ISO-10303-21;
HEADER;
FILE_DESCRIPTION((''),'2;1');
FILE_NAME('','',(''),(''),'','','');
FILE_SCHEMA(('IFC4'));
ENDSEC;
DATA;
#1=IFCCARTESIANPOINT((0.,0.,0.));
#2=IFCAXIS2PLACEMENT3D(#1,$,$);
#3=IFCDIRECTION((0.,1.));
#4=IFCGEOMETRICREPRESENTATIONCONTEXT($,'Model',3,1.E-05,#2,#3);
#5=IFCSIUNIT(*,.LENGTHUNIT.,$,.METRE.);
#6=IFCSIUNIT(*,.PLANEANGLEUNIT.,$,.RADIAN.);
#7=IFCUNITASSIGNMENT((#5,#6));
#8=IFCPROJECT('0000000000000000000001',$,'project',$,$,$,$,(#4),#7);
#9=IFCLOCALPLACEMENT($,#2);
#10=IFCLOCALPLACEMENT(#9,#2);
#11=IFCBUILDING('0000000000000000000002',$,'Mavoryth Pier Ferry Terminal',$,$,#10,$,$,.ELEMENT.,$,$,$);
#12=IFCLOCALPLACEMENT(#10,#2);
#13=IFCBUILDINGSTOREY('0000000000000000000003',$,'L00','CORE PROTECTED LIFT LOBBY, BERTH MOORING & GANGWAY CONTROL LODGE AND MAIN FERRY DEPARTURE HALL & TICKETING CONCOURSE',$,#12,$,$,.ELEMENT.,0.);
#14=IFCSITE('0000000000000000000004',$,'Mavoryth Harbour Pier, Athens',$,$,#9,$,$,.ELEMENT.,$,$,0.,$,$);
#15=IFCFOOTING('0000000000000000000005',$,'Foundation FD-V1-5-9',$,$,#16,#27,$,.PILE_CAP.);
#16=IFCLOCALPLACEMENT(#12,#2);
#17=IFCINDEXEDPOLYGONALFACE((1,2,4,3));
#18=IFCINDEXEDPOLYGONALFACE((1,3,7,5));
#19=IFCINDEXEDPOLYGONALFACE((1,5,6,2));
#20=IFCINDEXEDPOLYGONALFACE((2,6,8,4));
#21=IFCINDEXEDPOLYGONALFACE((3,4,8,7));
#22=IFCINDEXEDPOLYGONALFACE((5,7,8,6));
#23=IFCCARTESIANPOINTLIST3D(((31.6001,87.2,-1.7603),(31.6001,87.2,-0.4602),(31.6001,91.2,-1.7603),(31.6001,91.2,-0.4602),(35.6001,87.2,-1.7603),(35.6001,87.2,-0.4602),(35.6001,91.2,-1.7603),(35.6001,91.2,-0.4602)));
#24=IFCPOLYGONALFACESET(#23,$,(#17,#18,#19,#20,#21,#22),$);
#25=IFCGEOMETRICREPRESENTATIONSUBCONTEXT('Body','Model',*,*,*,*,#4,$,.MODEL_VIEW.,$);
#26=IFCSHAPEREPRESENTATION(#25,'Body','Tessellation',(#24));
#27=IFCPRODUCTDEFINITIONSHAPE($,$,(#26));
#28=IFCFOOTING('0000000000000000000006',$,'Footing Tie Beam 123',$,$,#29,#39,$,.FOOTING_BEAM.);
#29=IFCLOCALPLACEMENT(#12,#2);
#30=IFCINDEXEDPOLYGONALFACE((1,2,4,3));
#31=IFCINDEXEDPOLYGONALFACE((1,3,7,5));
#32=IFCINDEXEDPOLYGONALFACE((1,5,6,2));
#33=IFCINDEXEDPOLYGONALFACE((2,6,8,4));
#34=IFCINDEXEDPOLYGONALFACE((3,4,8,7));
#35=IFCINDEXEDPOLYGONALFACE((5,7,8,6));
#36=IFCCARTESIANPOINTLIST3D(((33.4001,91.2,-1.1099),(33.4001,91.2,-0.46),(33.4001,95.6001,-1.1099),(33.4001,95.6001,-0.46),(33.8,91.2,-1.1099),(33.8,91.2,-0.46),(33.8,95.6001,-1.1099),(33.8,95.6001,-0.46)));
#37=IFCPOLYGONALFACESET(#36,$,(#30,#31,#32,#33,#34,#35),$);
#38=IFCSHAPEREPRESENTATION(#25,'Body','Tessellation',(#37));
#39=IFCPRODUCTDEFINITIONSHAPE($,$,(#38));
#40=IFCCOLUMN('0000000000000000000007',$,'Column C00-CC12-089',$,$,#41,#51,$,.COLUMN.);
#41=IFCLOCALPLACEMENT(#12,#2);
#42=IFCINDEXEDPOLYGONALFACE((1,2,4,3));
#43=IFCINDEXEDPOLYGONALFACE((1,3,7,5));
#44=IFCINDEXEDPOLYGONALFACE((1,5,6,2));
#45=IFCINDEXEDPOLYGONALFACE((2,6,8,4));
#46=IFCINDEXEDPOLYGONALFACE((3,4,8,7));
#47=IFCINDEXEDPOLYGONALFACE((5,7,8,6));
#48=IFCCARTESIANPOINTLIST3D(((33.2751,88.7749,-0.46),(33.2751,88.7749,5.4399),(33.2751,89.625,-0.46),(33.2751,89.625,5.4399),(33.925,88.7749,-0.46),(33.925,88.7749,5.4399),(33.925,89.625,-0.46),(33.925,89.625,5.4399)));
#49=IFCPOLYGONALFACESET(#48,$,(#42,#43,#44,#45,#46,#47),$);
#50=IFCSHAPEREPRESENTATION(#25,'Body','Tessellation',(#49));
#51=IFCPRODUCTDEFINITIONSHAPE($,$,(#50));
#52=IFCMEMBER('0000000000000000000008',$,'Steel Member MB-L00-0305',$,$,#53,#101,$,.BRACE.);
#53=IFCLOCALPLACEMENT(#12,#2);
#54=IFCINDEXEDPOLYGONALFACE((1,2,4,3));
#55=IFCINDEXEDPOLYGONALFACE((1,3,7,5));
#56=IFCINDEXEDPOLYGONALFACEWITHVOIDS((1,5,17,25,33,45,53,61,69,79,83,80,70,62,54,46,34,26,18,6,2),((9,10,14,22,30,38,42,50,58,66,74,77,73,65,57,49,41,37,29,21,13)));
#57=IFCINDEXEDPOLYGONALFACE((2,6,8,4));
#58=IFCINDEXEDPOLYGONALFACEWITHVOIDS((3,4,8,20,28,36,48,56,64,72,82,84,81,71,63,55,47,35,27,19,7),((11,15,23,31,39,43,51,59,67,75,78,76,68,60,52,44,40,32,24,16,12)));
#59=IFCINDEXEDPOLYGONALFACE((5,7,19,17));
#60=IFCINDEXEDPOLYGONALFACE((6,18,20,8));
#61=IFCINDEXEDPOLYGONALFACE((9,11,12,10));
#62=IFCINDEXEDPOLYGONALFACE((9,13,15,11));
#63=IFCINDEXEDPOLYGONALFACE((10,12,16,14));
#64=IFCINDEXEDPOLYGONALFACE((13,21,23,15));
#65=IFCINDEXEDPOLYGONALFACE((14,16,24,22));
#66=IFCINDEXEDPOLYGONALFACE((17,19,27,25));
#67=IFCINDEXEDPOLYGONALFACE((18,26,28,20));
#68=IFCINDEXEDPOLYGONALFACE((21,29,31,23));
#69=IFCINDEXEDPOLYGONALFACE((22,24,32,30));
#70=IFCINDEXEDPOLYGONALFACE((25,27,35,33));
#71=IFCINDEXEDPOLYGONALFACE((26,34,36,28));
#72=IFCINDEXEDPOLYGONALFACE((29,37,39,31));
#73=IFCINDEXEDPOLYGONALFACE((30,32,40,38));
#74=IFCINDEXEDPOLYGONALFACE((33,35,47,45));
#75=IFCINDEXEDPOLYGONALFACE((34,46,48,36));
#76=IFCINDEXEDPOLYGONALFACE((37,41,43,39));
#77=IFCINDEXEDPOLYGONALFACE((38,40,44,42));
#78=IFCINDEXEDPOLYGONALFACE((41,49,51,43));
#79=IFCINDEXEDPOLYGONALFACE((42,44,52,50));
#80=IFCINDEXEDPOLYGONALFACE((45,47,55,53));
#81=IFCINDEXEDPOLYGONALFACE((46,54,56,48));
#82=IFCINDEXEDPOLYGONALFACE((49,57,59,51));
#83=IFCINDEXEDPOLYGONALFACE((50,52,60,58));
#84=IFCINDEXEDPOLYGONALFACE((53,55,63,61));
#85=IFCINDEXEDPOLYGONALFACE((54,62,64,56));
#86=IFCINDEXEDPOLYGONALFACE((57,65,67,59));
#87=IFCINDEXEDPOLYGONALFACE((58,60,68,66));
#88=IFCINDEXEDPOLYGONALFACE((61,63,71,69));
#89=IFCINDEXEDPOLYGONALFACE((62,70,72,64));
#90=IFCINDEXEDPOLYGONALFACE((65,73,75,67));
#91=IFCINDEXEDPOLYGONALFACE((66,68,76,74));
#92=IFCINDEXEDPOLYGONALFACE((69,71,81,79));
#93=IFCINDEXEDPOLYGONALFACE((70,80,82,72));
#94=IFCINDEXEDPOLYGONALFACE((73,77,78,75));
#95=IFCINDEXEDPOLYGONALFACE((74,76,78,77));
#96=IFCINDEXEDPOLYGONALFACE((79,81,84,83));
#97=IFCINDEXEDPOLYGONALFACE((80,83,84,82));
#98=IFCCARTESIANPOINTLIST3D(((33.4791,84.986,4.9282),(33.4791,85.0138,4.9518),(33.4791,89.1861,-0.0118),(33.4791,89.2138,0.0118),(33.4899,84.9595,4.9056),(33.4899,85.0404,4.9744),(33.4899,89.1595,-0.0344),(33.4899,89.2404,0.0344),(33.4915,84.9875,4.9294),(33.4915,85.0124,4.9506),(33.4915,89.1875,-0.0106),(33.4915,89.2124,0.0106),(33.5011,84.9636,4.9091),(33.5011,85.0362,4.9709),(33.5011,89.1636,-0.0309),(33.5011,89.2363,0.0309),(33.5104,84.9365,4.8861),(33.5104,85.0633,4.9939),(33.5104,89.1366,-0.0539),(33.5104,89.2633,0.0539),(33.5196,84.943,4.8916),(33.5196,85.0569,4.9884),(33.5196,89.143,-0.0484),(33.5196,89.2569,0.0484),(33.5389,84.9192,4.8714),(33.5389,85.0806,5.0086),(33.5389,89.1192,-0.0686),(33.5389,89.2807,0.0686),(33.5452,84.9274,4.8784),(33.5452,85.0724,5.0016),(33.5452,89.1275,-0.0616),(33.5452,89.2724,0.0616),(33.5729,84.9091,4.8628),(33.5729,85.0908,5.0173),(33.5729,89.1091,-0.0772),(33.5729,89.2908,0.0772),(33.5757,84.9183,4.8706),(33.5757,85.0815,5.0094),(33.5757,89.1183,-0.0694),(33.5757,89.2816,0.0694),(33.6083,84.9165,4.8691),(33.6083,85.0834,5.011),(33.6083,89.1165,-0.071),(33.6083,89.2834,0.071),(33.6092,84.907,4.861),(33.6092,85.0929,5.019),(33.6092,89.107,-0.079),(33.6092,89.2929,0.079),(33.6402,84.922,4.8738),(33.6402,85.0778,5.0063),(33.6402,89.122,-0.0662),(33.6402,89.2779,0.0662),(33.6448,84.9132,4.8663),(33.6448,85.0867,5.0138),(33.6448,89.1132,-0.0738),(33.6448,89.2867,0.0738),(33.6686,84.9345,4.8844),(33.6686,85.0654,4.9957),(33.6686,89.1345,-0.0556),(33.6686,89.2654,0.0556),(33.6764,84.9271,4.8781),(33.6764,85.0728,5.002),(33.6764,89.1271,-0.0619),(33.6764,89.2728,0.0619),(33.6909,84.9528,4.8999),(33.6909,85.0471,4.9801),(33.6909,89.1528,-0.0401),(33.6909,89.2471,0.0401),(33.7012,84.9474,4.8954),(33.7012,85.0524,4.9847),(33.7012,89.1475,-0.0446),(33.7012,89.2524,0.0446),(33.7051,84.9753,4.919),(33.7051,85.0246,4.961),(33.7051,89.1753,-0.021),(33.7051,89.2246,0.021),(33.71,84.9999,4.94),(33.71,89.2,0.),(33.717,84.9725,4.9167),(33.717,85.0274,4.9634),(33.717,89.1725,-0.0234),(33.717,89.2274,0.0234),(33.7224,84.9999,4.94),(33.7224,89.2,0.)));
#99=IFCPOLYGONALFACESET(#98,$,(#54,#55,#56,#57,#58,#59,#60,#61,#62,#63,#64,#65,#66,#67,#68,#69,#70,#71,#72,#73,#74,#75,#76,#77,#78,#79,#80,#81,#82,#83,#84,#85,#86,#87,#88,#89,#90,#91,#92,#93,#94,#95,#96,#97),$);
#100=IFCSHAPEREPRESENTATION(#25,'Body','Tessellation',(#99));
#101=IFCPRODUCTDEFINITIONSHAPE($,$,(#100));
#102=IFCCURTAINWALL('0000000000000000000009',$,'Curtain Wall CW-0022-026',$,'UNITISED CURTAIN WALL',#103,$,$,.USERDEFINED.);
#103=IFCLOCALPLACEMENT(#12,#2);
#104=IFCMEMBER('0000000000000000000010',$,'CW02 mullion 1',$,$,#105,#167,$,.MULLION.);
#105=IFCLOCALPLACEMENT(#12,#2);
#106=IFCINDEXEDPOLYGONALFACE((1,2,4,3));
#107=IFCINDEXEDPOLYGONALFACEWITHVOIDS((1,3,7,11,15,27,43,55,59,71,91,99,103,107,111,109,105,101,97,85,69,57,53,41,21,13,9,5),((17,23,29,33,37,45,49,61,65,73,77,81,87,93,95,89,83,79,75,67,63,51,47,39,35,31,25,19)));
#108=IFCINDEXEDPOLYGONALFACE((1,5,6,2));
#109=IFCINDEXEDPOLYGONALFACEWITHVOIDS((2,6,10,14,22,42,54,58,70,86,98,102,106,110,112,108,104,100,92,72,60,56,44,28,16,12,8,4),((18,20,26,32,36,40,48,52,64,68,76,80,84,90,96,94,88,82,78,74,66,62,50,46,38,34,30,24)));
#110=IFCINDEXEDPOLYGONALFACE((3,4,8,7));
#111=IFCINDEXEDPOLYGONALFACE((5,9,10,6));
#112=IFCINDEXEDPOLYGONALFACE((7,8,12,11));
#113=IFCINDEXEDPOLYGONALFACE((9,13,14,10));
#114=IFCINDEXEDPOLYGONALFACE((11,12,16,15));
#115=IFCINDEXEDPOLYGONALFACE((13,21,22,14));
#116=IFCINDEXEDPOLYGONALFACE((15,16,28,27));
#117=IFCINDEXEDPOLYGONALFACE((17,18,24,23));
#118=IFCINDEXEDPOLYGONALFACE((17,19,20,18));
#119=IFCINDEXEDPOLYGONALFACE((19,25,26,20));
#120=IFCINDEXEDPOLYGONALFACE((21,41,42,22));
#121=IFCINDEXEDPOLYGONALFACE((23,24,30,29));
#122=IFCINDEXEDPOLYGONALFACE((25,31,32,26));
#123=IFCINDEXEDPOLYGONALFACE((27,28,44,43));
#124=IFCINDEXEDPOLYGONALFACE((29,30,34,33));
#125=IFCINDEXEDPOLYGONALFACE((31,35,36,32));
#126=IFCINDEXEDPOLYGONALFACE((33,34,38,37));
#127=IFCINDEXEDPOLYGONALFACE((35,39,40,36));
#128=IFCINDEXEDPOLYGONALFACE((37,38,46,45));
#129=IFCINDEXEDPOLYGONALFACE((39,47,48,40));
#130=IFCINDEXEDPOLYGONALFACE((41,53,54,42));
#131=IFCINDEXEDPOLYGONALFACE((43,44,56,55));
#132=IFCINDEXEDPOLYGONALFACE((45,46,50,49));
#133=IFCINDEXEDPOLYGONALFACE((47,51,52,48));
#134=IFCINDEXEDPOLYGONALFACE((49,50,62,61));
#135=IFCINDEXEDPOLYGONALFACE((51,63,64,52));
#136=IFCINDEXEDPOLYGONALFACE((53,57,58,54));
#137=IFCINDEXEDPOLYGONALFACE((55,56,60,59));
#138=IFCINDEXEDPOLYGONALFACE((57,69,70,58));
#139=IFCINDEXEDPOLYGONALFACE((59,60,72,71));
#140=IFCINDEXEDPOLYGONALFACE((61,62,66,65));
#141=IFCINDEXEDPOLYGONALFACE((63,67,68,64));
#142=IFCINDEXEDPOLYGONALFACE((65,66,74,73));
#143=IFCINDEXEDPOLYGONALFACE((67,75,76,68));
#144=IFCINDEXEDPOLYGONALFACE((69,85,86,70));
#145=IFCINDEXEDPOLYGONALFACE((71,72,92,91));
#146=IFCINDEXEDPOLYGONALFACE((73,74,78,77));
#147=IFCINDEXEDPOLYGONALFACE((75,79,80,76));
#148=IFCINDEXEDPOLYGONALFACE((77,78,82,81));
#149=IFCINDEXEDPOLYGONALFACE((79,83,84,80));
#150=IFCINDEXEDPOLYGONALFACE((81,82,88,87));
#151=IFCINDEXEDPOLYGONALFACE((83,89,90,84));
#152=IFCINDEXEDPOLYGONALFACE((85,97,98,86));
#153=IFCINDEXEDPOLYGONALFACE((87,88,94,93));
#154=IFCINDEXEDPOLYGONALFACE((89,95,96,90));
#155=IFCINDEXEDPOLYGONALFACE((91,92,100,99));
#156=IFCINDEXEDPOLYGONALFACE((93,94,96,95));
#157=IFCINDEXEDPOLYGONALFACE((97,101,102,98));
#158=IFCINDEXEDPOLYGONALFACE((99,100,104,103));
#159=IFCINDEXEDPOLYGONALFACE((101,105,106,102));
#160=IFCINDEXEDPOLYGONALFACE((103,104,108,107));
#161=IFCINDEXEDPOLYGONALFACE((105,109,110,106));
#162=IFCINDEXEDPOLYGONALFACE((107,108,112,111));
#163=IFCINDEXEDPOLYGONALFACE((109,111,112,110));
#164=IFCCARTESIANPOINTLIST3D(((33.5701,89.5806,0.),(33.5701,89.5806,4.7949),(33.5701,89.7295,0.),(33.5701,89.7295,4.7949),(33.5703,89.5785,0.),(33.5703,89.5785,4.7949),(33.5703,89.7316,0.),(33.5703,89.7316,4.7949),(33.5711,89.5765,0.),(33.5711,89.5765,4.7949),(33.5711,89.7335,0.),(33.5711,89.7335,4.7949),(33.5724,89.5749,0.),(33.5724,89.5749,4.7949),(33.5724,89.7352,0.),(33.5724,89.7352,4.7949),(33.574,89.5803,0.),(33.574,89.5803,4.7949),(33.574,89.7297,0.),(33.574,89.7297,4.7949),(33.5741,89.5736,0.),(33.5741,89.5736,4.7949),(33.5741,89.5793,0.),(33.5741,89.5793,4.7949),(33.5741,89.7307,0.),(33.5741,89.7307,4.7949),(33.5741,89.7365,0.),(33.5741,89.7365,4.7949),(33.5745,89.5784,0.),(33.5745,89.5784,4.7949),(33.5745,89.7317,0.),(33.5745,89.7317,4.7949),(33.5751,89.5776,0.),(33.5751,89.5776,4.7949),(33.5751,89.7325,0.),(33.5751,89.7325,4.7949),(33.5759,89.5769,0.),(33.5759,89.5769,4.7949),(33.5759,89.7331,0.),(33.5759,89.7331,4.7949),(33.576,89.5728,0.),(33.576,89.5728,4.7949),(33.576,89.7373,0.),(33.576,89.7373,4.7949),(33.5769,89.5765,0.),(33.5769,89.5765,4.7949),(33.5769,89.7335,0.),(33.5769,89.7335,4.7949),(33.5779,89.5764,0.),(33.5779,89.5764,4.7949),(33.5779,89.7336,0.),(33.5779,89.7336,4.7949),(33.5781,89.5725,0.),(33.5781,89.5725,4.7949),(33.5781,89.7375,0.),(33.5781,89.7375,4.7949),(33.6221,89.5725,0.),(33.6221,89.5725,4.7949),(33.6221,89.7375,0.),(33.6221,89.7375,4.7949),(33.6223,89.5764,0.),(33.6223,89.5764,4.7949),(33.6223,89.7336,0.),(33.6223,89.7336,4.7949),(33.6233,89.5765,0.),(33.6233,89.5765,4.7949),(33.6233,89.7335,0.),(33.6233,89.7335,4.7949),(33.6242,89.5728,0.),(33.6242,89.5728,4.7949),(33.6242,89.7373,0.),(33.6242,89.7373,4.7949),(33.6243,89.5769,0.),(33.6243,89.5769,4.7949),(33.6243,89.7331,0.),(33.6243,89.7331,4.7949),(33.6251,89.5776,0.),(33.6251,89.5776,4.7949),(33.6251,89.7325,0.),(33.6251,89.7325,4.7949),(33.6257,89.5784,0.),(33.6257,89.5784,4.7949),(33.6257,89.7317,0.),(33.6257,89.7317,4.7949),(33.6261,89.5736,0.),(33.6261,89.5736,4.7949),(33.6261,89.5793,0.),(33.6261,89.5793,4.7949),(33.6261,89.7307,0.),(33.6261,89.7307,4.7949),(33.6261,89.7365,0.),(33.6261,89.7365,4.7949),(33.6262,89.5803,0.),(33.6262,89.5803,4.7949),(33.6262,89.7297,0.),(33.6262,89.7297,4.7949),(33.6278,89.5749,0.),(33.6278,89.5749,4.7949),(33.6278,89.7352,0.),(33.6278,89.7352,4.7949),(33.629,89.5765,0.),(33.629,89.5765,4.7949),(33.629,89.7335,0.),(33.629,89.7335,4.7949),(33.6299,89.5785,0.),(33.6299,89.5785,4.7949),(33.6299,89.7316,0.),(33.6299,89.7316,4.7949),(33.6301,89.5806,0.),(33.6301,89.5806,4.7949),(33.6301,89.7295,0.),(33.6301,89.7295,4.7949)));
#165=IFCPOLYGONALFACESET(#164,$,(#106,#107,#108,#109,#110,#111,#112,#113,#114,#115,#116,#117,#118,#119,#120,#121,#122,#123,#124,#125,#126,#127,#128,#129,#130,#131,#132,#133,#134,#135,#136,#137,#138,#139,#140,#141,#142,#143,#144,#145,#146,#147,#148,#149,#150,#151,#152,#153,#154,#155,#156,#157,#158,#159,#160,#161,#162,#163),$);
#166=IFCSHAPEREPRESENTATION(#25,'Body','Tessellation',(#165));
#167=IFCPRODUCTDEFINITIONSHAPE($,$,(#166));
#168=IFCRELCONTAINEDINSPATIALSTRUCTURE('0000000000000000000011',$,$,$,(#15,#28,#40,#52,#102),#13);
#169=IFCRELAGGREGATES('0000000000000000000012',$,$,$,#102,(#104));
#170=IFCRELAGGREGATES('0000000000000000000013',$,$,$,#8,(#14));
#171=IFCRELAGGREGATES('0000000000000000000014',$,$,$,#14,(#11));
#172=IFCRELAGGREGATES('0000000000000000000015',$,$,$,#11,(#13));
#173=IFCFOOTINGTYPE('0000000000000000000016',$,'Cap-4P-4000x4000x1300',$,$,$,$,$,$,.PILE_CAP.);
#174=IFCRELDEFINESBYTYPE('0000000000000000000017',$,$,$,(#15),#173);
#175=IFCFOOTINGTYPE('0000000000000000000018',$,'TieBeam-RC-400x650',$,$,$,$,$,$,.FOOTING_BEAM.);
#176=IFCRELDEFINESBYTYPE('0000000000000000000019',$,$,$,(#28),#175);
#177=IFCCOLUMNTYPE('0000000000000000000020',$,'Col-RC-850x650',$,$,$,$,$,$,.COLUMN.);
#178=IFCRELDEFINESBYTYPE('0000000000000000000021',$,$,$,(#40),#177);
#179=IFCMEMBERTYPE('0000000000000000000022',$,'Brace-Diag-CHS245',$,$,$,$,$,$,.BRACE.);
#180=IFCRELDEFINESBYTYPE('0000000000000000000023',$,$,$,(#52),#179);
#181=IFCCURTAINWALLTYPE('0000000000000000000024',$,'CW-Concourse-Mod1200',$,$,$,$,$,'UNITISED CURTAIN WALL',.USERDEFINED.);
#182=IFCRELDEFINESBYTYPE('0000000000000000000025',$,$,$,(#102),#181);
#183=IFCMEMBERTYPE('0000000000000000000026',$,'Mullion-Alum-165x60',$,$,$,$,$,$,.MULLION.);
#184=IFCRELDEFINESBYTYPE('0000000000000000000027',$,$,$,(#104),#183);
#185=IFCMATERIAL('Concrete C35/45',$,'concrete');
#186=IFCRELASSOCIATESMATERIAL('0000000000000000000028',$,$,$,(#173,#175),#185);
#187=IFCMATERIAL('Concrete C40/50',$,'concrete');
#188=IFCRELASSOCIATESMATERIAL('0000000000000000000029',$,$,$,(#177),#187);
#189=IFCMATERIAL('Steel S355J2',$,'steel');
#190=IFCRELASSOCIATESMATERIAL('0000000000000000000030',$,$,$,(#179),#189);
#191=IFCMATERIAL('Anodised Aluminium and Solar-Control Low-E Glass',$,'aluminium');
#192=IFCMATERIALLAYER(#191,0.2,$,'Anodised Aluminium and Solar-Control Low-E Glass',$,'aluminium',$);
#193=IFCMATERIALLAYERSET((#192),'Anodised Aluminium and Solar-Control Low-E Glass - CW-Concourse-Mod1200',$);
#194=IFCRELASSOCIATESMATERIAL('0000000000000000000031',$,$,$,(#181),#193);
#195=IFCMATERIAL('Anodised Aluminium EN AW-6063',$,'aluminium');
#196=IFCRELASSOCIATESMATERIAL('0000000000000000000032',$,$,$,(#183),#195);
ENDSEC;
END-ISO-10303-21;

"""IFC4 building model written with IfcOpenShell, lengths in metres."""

from ifc_helpers import new_model, si_unit, direction, frame, origin, origin_2d, place, context, subcontext, project, spatial, rectangle, hollow_rectangle, hollow_circle, extrude, material, layer, layer_set, material_profile, profile_set, type_object, element, aggregate, save


model = new_model("IFC4")

# Units and contexts
model_context = context("Model", 3, precision=1e-05, world=origin(), true_north=direction((0.0, 1.0)))
body_context = subcontext(model_context, "Body", "Model", "MODEL_VIEW")
ifc_project = project(units=[si_unit("LENGTHUNIT", "METRE"), si_unit("PLANEANGLEUNIT", "RADIAN")], contexts=[model_context])

# Site, building, storey
site_placement = place(None, origin())
site = spatial("IfcSite", under=ifc_project, at=site_placement, Name="Mavoryth Harbour Pier, Athens", CompositionType="ELEMENT", RefElevation=0.0)
building_placement = place(site_placement, origin())
building = spatial("IfcBuilding", under=site, at=building_placement, Name="Mavoryth Pier Ferry Terminal", CompositionType="ELEMENT")
storey_placement = place(building_placement, origin())
storey = spatial("IfcBuildingStorey", under=building, at=storey_placement, Name="L00", Description="CORE PROTECTED LIFT LOBBY, BERTH MOORING & GANGWAY CONTROL LODGE AND MAIN FERRY DEPARTURE HALL & TICKETING CONCOURSE", CompositionType="ELEMENT", Elevation=0.0)

# Footings
ifc_material_1 = material(Name="Concrete C35/45", Category="concrete")
footing_type_1 = type_object("IfcFootingType", Name="Cap-4P-4000x4000x1300", PredefinedType="PILE_CAP", material=ifc_material_1)
footing_1_placement = place(storey_placement, frame((33.6001, 89.2, -1.7603), z_axis=(0.0, 0.0, 1.0), x_axis=(1.0, 0.0, 0.0)))
element("IfcFooting", 1, at=footing_1_placement, inside=storey, type_object=footing_type_1, Name="Foundation FD-V1-5-9", PredefinedType="PILE_CAP", context=body_context, shape_type="SweptSolid", body=[
    extrude(rectangle(XDim=4.0, YDim=4.0, at=origin_2d()), origin(), (0.0, 0.0, 1.0), 1.3),
])
ifc_material_profile_1 = material_profile(ifc_material_1, rectangle(XDim=0.3999, YDim=0.6499, at=origin_2d()), Name="RC 400x650", Category="concrete")
ifc_profile_set_1 = profile_set([ifc_material_profile_1], Name="Concrete C35/45 - RC 400x650")
footing_type_2 = type_object("IfcFootingType", Name="TieBeam-RC-400x650", PredefinedType="FOOTING_BEAM", material=ifc_profile_set_1)
footing_2_placement = place(storey_placement, frame((33.6001, 91.2, -0.7849), z_axis=(0.0, 1.0, 0.0), x_axis=(-1.0, 0.0, 0.0)))
element("IfcFooting", 2, at=footing_2_placement, inside=storey, type_object=footing_type_2, Name="Footing Tie Beam 123", PredefinedType="FOOTING_BEAM", context=body_context, shape_type="SweptSolid", body=[
    extrude(rectangle(XDim=0.3999, YDim=0.6499, at=origin_2d()), origin(), (0.0, 0.0, 1.0), 4.4001),
])

# Column
ifc_material_2 = material(Name="Concrete C40/50", Category="concrete")
ifc_material_profile_2 = material_profile(ifc_material_2, rectangle(XDim=0.6499, YDim=0.8501, at=origin_2d()), Name="RC 850x650", Category="concrete")
ifc_profile_set_2 = profile_set([ifc_material_profile_2], Name="Concrete C40/50 - RC 850x650")
column_type = type_object("IfcColumnType", Name="Col-RC-850x650", PredefinedType="COLUMN", material=ifc_profile_set_2)
column_placement = place(storey_placement, frame((33.6001, 89.2, -0.46), z_axis=(0.0, 0.0, 1.0), x_axis=(1.0, 0.0, 0.0)))
element("IfcColumn", 3, at=column_placement, inside=storey, type_object=column_type, Name="Column C00-CC12-089", PredefinedType="COLUMN", context=body_context, shape_type="SweptSolid", body=[
    extrude(rectangle(XDim=0.6499, YDim=0.8501, at=origin_2d()), origin(), (0.0, 0.0, 1.0), 5.8999),
])

# Member
ifc_material_3 = material(Name="Steel S355J2", Category="steel")
ifc_material_profile_3 = material_profile(ifc_material_3, hollow_circle(Radius=0.1223, WallThickness=0.0125, at=origin_2d()), Name="CHS 244.5x12.5", Category="steel")
ifc_profile_set_3 = profile_set([ifc_material_profile_3], Name="Steel S355J2 - CHS 244.5x12.5")
member_type_1 = type_object("IfcMemberType", Name="Brace-Diag-CHS245", PredefinedType="BRACE", material=ifc_profile_set_3)
member_1_placement = place(storey_placement, frame((33.6001, 89.2, 0.0), z_axis=(0.0, -0.647738, 0.761863), x_axis=(1.0, 0.0, 0.0)))
element("IfcMember", 4, at=member_1_placement, inside=storey, type_object=member_type_1, Name="Steel Member MB-L00-0305", PredefinedType="BRACE", context=body_context, shape_type="SweptSolid", body=[
    extrude(hollow_circle(Radius=0.1223, WallThickness=0.0125, at=origin_2d()), origin(), (0.0, 0.0, 1.0), 6.4841),
])

# Curtain wall, member
ifc_material_4 = material(Name="Anodised Aluminium and Solar-Control Low-E Glass", Category="aluminium")
ifc_layer_1 = layer(ifc_material_4, 0.2, Name="Anodised Aluminium and Solar-Control Low-E Glass", Category="aluminium")
ifc_layer_set_1 = layer_set([ifc_layer_1], Name="Anodised Aluminium and Solar-Control Low-E Glass - CW-Concourse-Mod1200")
curtain_wall_type = type_object("IfcCurtainWallType", Name="CW-Concourse-Mod1200", ElementType="UNITISED CURTAIN WALL", PredefinedType="USERDEFINED", material=ifc_layer_set_1)
curtain_wall_placement = place(storey_placement, origin())
curtain_wall = element("IfcCurtainWall", 5, at=curtain_wall_placement, inside=storey, type_object=curtain_wall_type, Name="Curtain Wall CW-0022-026", ObjectType="UNITISED CURTAIN WALL", PredefinedType="USERDEFINED")
ifc_material_5 = material(Name="Anodised Aluminium EN AW-6063", Category="aluminium")
ifc_material_profile_4 = material_profile(ifc_material_5, hollow_rectangle(XDim=0.0601, YDim=0.165, WallThickness=0.0039, InnerFilletRadius=0.0039, OuterFilletRadius=0.0081, at=origin_2d()), Name="AL-MULL 165x60x4", Category="aluminium")
ifc_profile_set_4 = profile_set([ifc_material_profile_4], Name="Anodised Aluminium EN AW-6063 - AL-MULL 165x60x4")
member_type_2 = type_object("IfcMemberType", Name="Mullion-Alum-165x60", PredefinedType="MULLION", material=ifc_profile_set_4)
member_2_placement = place(storey_placement, frame((33.6001, 89.655, 0.0), z_axis=(0.0, 0.0, 1.0), x_axis=(-1.0, 0.0, 0.0)))
member_2 = element("IfcMember", 6, at=member_2_placement, type_object=member_type_2, Name="CW02 mullion 1", PredefinedType="MULLION", context=body_context, shape_type="SweptSolid", body=[
    extrude(hollow_rectangle(XDim=0.0601, YDim=0.165, WallThickness=0.0039, InnerFilletRadius=0.0039, OuterFilletRadius=0.0081, at=origin_2d()), origin(), (0.0, 0.0, 1.0), 4.7949),
])
aggregate(curtain_wall, [member_2])

save(model, "model.ifc")
